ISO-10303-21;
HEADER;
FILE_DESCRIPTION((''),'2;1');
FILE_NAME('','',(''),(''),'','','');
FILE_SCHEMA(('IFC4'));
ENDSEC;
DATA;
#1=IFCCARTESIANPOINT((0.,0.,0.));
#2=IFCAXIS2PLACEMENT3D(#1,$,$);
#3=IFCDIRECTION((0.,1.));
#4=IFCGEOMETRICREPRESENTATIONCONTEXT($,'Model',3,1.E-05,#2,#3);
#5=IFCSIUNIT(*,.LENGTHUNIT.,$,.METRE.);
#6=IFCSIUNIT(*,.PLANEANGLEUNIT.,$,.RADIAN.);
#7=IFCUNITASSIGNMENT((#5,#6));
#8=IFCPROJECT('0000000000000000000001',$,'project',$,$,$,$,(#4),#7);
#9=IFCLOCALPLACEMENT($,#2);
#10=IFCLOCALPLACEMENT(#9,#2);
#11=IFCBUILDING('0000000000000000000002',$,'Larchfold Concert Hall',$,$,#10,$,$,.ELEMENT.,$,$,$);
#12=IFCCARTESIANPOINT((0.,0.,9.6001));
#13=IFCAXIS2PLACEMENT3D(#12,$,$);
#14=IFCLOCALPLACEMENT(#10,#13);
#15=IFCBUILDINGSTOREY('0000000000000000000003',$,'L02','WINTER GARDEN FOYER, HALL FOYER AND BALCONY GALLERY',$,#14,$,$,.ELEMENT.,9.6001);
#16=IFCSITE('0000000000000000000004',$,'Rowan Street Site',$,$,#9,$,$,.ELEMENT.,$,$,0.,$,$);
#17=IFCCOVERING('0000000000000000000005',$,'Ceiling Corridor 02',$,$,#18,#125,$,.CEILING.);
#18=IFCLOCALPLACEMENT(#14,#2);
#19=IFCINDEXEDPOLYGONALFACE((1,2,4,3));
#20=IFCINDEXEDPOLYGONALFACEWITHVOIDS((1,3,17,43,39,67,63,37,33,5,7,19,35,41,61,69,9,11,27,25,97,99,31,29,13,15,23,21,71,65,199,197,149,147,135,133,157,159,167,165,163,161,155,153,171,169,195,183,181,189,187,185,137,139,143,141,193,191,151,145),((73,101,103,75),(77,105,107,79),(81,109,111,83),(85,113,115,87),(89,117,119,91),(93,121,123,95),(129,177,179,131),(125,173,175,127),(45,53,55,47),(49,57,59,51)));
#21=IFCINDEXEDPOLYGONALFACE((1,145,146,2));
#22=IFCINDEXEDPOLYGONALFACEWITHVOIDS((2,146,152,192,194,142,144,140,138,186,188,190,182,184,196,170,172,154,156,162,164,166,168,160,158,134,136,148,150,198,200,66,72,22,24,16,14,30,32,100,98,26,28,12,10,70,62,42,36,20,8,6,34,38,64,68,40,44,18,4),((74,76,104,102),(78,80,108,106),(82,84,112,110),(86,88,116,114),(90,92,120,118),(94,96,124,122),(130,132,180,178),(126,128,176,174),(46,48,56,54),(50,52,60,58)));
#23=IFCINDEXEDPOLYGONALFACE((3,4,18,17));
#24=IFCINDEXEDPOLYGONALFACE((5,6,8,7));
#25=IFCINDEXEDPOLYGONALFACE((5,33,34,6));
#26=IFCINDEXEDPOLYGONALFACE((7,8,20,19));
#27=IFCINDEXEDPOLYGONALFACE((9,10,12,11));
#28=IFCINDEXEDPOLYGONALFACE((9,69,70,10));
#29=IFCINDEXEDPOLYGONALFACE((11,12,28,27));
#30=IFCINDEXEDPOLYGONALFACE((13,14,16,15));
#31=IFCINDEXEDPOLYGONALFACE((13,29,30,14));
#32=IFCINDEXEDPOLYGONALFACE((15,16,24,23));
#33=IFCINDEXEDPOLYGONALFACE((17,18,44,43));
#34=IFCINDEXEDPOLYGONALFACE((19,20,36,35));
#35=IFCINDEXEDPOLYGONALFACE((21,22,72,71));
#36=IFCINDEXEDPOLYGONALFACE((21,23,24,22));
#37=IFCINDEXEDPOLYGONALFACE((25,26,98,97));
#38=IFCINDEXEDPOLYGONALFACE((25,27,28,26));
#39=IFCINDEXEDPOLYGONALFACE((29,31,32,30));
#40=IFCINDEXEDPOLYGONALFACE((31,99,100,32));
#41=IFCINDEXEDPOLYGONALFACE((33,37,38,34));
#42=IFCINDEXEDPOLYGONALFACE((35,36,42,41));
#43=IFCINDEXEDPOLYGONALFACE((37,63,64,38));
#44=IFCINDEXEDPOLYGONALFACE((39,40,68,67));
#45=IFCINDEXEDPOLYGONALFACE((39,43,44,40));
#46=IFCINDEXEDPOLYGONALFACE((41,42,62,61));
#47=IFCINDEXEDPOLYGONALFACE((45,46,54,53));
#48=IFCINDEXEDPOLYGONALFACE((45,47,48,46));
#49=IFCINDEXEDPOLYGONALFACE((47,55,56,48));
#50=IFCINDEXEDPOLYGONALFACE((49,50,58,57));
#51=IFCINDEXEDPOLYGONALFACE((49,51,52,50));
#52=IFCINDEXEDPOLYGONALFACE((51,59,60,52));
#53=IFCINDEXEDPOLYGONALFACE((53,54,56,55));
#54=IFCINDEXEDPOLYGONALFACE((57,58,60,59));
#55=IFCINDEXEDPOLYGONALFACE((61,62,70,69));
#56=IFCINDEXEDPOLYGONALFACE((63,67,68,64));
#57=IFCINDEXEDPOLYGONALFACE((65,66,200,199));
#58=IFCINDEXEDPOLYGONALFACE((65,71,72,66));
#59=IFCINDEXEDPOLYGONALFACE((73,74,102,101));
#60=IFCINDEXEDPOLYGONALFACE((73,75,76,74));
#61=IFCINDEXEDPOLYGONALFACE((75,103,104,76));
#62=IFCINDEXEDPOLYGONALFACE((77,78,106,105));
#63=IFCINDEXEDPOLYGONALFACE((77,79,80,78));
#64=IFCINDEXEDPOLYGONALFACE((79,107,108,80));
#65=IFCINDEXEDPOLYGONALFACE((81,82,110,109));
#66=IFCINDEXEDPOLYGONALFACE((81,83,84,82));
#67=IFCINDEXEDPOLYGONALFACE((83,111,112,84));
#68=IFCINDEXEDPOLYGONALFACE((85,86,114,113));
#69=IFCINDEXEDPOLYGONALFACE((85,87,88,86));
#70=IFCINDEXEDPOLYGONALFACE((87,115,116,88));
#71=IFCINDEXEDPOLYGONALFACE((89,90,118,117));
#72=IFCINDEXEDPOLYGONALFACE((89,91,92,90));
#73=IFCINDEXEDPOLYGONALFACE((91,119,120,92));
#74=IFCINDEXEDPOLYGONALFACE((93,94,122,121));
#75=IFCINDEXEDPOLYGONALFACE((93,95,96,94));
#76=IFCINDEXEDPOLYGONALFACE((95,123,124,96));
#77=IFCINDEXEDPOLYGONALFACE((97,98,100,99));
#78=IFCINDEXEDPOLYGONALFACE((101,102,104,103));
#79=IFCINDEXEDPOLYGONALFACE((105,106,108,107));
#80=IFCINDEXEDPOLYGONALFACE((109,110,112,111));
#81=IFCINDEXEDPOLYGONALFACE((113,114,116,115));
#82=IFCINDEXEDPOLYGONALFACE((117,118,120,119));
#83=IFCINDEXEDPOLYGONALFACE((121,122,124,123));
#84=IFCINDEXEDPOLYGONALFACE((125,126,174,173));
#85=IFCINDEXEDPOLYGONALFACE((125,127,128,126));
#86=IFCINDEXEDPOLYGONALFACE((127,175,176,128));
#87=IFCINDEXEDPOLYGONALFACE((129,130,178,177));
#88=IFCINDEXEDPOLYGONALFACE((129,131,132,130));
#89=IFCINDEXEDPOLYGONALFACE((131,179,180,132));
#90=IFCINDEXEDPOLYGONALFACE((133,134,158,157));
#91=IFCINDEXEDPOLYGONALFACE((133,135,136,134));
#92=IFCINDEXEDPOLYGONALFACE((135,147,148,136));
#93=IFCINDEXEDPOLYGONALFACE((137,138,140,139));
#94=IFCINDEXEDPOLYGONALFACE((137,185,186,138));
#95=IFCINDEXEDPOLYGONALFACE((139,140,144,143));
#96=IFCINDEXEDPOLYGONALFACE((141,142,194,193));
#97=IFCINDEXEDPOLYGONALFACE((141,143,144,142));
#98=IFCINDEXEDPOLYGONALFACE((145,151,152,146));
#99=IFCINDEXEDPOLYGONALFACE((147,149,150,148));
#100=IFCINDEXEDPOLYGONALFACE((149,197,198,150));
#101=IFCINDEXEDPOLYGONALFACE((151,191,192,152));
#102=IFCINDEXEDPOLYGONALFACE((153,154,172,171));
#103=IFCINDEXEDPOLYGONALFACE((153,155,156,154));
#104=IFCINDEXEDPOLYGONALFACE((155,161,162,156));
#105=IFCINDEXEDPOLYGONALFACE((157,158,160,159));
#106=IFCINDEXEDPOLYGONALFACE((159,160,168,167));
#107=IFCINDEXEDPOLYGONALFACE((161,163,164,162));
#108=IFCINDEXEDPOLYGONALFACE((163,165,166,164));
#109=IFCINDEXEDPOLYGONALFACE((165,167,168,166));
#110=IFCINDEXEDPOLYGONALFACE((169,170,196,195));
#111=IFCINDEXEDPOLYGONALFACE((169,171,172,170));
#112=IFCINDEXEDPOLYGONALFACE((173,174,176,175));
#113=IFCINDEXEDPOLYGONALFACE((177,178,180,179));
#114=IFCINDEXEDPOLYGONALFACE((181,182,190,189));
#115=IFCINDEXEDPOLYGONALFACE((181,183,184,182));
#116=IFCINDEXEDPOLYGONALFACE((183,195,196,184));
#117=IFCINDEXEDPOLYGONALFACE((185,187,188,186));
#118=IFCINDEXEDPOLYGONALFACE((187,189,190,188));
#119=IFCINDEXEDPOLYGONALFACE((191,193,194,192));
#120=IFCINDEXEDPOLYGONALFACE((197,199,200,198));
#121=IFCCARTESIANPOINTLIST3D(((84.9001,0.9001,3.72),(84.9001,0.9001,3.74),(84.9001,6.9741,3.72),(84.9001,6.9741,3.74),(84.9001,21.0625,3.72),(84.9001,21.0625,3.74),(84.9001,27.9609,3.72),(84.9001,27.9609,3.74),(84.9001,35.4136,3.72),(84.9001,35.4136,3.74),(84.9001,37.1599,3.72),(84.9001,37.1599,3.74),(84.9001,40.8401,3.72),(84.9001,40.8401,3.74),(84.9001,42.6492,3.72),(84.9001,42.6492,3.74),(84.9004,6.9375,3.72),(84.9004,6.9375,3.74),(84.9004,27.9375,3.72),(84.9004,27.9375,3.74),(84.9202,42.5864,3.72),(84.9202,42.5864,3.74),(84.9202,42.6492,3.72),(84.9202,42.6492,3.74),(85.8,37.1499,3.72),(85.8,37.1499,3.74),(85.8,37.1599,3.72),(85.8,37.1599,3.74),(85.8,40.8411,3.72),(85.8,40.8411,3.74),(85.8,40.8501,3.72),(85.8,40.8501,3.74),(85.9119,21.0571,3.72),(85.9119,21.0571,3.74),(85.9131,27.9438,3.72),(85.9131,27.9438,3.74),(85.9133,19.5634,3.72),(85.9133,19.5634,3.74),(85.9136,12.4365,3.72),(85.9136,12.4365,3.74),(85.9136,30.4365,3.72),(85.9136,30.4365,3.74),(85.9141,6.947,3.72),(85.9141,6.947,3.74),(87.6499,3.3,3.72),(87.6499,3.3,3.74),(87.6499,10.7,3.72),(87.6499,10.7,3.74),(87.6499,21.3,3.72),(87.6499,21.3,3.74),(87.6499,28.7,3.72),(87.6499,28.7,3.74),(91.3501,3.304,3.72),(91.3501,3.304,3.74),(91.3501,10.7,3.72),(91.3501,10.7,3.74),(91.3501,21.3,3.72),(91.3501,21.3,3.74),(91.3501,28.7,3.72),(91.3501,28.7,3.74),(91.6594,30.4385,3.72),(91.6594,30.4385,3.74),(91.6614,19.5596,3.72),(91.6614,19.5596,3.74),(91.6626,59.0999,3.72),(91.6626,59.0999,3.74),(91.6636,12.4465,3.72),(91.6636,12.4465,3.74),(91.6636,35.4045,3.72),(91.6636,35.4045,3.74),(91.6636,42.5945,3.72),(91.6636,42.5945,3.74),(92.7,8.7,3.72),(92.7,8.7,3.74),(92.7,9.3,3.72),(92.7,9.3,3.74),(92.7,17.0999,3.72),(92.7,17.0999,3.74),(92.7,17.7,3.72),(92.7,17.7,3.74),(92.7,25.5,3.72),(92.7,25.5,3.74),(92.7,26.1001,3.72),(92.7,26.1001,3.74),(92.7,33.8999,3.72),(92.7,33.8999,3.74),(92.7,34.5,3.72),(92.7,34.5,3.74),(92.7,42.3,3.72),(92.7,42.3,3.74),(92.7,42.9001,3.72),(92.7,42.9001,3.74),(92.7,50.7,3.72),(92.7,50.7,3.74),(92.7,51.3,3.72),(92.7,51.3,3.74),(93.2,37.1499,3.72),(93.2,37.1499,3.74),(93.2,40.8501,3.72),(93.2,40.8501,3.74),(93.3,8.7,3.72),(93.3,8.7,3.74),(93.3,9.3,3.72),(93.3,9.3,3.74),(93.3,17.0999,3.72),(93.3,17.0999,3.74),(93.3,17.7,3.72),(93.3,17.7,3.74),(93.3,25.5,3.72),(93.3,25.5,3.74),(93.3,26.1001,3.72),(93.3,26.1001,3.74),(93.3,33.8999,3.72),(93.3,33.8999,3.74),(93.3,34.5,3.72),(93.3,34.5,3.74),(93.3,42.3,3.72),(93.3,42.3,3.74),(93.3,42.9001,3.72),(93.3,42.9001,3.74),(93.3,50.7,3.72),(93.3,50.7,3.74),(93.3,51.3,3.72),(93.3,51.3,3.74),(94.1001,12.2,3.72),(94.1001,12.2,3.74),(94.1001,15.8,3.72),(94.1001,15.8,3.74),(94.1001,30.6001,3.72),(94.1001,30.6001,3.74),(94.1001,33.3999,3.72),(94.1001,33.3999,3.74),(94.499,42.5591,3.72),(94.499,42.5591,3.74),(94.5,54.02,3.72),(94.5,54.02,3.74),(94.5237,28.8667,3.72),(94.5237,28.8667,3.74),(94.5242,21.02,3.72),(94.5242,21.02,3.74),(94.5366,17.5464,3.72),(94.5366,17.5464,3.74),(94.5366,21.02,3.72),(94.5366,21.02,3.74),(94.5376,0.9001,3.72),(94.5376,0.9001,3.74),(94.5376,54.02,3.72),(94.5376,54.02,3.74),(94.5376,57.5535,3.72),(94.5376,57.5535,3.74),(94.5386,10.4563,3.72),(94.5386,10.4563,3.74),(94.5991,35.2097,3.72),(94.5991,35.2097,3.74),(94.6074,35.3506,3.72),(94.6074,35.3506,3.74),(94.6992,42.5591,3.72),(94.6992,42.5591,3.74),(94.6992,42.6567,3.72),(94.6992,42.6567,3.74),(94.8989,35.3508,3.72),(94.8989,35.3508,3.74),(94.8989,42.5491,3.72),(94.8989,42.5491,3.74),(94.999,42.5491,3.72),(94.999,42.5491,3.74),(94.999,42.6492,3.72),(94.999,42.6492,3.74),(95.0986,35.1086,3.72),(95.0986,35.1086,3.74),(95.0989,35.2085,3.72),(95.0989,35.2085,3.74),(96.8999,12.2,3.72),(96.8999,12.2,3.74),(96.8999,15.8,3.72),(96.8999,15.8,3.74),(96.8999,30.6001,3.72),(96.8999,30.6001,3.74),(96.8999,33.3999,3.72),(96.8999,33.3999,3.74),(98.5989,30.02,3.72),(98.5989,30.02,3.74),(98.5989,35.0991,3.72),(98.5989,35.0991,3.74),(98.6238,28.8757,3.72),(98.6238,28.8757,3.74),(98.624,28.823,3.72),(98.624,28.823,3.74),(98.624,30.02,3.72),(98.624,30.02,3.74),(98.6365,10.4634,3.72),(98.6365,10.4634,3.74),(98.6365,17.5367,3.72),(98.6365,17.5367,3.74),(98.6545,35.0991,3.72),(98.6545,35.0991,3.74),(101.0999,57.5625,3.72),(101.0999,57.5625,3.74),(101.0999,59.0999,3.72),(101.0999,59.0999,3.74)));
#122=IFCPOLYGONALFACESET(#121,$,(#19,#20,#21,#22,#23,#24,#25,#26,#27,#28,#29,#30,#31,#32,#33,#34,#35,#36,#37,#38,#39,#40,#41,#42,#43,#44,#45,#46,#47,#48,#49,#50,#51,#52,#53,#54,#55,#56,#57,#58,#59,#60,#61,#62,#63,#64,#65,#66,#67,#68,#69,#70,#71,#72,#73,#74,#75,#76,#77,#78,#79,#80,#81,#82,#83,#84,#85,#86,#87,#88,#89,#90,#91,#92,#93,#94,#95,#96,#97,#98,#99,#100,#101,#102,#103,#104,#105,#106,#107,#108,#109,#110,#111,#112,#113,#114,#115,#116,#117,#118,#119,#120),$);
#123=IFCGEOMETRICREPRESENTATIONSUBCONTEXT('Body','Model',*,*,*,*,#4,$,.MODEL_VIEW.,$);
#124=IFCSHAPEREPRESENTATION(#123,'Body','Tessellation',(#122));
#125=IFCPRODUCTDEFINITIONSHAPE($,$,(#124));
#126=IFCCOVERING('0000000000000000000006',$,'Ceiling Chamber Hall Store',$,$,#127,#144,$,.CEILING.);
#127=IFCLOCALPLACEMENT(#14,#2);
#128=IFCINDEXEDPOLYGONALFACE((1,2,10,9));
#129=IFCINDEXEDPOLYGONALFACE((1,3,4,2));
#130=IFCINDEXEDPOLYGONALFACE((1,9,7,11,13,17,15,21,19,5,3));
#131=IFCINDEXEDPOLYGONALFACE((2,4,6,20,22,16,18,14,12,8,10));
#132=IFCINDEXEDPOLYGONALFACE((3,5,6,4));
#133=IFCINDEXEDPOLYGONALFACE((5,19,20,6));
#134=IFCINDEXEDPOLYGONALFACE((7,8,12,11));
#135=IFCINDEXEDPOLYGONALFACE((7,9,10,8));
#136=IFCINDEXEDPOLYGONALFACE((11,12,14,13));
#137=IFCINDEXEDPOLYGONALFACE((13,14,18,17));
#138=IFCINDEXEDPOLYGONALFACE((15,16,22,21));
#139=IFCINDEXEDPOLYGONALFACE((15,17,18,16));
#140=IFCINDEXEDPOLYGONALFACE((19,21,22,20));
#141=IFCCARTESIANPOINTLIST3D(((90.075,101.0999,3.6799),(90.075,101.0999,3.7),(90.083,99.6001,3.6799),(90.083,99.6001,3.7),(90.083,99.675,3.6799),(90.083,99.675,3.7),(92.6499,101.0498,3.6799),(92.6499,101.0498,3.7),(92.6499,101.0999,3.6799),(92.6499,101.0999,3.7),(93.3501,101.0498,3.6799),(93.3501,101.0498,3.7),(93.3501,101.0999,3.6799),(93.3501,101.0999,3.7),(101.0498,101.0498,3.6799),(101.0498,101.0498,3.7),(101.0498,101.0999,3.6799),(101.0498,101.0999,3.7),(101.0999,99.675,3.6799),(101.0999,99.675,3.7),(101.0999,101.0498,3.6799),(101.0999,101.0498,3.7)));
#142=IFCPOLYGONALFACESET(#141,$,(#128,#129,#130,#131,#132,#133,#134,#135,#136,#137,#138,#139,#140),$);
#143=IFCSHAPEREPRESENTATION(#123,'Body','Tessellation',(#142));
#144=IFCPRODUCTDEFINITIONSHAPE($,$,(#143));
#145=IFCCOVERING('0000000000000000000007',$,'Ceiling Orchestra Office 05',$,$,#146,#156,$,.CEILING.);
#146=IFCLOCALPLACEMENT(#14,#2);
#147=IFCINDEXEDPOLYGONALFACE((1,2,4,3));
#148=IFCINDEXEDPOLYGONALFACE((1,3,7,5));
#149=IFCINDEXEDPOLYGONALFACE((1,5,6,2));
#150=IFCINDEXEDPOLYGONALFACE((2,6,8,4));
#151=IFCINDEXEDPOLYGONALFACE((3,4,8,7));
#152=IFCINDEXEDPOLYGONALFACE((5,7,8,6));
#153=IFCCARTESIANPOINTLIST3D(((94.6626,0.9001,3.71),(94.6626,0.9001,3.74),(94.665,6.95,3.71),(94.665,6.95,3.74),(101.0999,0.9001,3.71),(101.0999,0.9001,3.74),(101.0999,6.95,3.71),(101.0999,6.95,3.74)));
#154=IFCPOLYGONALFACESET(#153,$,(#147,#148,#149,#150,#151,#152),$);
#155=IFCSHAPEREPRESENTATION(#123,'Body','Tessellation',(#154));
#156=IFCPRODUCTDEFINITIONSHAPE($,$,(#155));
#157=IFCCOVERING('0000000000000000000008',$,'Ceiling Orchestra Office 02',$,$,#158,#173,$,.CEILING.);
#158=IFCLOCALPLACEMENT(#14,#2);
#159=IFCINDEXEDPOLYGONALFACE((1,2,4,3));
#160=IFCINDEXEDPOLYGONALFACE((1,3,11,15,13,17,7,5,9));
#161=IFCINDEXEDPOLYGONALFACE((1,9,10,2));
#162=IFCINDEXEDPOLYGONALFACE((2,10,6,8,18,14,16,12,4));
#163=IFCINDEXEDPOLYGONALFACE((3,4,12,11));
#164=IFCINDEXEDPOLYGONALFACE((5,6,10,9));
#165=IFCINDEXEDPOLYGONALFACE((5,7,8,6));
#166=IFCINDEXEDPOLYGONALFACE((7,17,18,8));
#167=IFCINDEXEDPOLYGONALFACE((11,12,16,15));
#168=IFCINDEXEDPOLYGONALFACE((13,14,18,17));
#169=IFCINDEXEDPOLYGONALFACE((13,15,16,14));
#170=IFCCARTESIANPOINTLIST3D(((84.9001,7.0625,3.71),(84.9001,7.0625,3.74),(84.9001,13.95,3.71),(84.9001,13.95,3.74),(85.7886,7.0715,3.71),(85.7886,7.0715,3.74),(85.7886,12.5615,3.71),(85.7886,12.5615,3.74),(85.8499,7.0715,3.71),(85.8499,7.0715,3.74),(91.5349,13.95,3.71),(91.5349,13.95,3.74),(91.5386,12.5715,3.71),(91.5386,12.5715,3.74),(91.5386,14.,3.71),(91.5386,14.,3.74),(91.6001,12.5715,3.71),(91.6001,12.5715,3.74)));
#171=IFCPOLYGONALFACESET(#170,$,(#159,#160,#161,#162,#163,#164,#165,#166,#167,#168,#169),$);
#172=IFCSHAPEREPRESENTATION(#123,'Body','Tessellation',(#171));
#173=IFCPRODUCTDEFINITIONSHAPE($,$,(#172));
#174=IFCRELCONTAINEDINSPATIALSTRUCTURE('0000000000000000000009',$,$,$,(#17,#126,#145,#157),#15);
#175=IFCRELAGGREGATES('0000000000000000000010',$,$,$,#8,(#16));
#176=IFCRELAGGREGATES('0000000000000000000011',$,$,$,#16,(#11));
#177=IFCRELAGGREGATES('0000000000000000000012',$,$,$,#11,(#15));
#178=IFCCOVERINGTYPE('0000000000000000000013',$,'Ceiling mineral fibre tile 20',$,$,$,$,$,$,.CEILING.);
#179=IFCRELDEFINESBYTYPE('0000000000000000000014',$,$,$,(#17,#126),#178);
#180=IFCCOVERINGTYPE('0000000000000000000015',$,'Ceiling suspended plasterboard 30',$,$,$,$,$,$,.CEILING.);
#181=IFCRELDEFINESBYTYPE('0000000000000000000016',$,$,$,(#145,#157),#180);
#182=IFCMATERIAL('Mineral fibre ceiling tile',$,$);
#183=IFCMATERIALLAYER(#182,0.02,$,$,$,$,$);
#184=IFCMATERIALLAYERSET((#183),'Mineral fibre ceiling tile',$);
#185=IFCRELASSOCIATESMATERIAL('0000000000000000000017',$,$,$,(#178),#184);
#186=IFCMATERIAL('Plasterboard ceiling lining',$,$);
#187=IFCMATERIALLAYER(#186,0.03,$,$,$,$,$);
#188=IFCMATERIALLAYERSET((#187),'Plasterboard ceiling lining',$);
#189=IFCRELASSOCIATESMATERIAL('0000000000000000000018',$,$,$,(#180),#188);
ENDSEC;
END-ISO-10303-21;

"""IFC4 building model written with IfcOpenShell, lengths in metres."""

from ifc_helpers import new_model, si_unit, direction, frame, origin, place, context, subcontext, project, spatial, polyline, outline, extrude, material, layer, layer_set, type_object, element, save


model = new_model("IFC4")

# Units and contexts
model_context = context("Model", 3, precision=1e-05, world=origin(), true_north=direction((0.0, 1.0)))
body_context = subcontext(model_context, "Body", "Model", "MODEL_VIEW")
ifc_project = project(units=[si_unit("LENGTHUNIT", "METRE"), si_unit("PLANEANGLEUNIT", "RADIAN")], contexts=[model_context])

# Site, building, storey
site_placement = place(None, origin())
site = spatial("IfcSite", under=ifc_project, at=site_placement, Name="Rowan Street Site", CompositionType="ELEMENT", RefElevation=0.0)
building_placement = place(site_placement, origin())
building = spatial("IfcBuilding", under=site, at=building_placement, Name="Larchfold Concert Hall", CompositionType="ELEMENT")
storey_placement = place(building_placement, frame((0.0, 0.0, 9.6001)))
storey = spatial("IfcBuildingStorey", under=building, at=storey_placement, Name="L02", Description="WINTER GARDEN FOYER, HALL FOYER AND BALCONY GALLERY", CompositionType="ELEMENT", Elevation=9.6001)

# Coverings
ifc_material_1 = material(Name="Mineral fibre ceiling tile")
ifc_layer_1 = layer(ifc_material_1, 0.02)
ifc_layer_set_1 = layer_set([ifc_layer_1], Name="Mineral fibre ceiling tile")
covering_type_1 = type_object("IfcCoveringType", Name="Ceiling mineral fibre tile 20", PredefinedType="CEILING", material=ifc_layer_set_1)
covering_1_placement = place(storey_placement, frame((0.0, 0.0, 3.72)))
element("IfcCovering", 1, at=covering_1_placement, inside=storey, type_object=covering_type_1, Name="Ceiling Corridor 02", PredefinedType="CEILING", context=body_context, shape_type="SweptSolid", body=[
    extrude(outline(polyline([(84.9001, 6.9741), (84.9001, 0.9001), (94.5376, 0.9001), (94.5386, 10.4563), (98.6365, 10.4634), (98.6365, 17.5366), (98.6614, 17.5366), (94.5366, 17.5464), (94.5366, 21.02), (94.5242, 21.02), (94.5237, 28.8667), (98.6238, 28.8757), (98.624, 28.823), (98.624, 30.02), (98.5989, 30.02), (98.5989, 35.0991), (98.6545, 35.0991), (95.0986, 35.1086), (95.0989, 35.2085), (94.5991, 35.2097), (94.6074, 35.3506), (94.8989, 35.3508), (94.8989, 42.5491), (94.999, 42.5491), (94.999, 42.6492), (94.6992, 42.6567), (94.6992, 42.5591), (94.499, 42.5591), (94.5, 54.02), (94.5376, 54.02), (94.5376, 57.5535), (101.0999, 57.5625), (101.0999, 59.0999), (91.6626, 59.0999), (91.6636, 42.5945), (84.9202, 42.5864), (84.9202, 42.6492), (84.9001, 42.6492), (84.9001, 40.8401), (85.8, 40.8411), (85.8, 40.8501), (93.2, 40.8501), (93.2, 37.1499), (85.8, 37.1499), (85.8, 37.1599), (84.9001, 37.1599), (84.9001, 35.4136), (91.6636, 35.4045), (91.6594, 30.4385), (85.9136, 30.4365), (85.9136, 30.499), (85.9131, 27.9438), (84.9004, 27.9375), (84.9001, 27.9609), (84.9001, 21.0625), (85.9119, 21.0571), (85.9133, 19.5635), (85.8508, 19.5635), (91.6614, 19.5596), (91.6636, 12.4465), (85.9136, 12.4365), (85.9141, 6.947), (84.9004, 6.9375), (84.9001, 6.9741)]), holes=[polyline([(96.8999, 15.8), (96.8999, 12.2), (94.1001, 12.2), (94.1001, 15.8), (96.8999, 15.8)]), polyline([(96.8999, 33.3999), (96.8999, 30.6001), (94.1001, 30.6001), (94.1001, 33.3999), (96.8999, 33.3999)]), polyline([(92.7, 9.3), (93.3, 9.3), (93.3, 8.7), (92.7, 8.7), (92.7, 9.3)]), polyline([(92.7, 17.7), (93.3, 17.7), (93.3, 17.0999), (92.7, 17.0999), (92.7, 17.7)]), polyline([(92.7, 26.1001), (93.3, 26.1001), (93.3, 25.5), (92.7, 25.5), (92.7, 26.1001)]), polyline([(92.7, 34.5), (93.3, 34.5), (93.3, 33.8999), (92.7, 33.8999), (92.7, 34.5)]), polyline([(92.7, 42.9001), (93.3, 42.9001), (93.3, 42.3), (92.7, 42.3), (92.7, 42.9001)]), polyline([(93.3, 51.3), (93.3, 50.7), (92.7, 50.7), (92.7, 51.3), (93.3, 51.3)]), polyline([(91.3501, 10.7), (91.3501, 3.304), (87.6499, 3.3), (87.6499, 10.7), (91.3501, 10.7)]), polyline([(91.3501, 28.7), (91.3501, 21.3), (87.6499, 21.3), (87.6499, 28.7), (91.3501, 28.7)])]), origin(), (0.0, 0.0, 1.0), 0.02),
])
covering_2_placement = place(storey_placement, frame((0.0, 0.0, 3.6799)))
element("IfcCovering", 2, at=covering_2_placement, inside=storey, type_object=covering_type_1, Name="Ceiling Chamber Hall Store", PredefinedType="CEILING", context=body_context, shape_type="SweptSolid", body=[
    extrude(outline(polyline([(90.083, 99.6001), (90.083, 99.675), (101.0999, 99.675), (101.0999, 101.0498), (101.0498, 101.0498), (101.0498, 101.0999), (93.3501, 101.0999), (93.3501, 101.0498), (92.6499, 101.0498), (92.6499, 101.0999), (90.075, 101.0999), (90.083, 99.6001)])), origin(), (0.0, 0.0, 1.0), 0.02),
])
ifc_material_2 = material(Name="Plasterboard ceiling lining")
ifc_layer_2 = layer(ifc_material_2, 0.03)
ifc_layer_set_2 = layer_set([ifc_layer_2], Name="Plasterboard ceiling lining")
covering_type_2 = type_object("IfcCoveringType", Name="Ceiling suspended plasterboard 30", PredefinedType="CEILING", material=ifc_layer_set_2)
covering_3_placement = place(storey_placement, frame((0.0, 0.0, 3.71)))
element("IfcCovering", 3, at=covering_3_placement, inside=storey, type_object=covering_type_2, Name="Ceiling Orchestra Office 05", PredefinedType="CEILING", context=body_context, shape_type="SweptSolid", body=[
    extrude(outline(polyline([(94.665, 7.0), (94.6626, 0.9001), (101.0999, 0.9001), (101.0999, 6.95), (94.665, 6.95), (94.665, 7.0)])), origin(), (0.0, 0.0, 1.0), 0.03),
])
covering_4_placement = place(storey_placement, frame((0.0, 0.0, 3.71)))
element("IfcCovering", 4, at=covering_4_placement, inside=storey, type_object=covering_type_2, Name="Ceiling Orchestra Office 02", PredefinedType="CEILING", context=body_context, shape_type="SweptSolid", body=[
    extrude(outline(polyline([(85.8499, 7.0715), (85.7886, 7.0715), (85.7886, 12.5615), (91.6001, 12.5715), (91.5386, 12.5715), (91.5386, 14.0), (91.5349, 13.95), (84.9001, 13.95), (84.9001, 7.0625), (85.8499, 7.0715)])), origin(), (0.0, 0.0, 1.0), 0.03),
])

save(model, "model.ifc")
